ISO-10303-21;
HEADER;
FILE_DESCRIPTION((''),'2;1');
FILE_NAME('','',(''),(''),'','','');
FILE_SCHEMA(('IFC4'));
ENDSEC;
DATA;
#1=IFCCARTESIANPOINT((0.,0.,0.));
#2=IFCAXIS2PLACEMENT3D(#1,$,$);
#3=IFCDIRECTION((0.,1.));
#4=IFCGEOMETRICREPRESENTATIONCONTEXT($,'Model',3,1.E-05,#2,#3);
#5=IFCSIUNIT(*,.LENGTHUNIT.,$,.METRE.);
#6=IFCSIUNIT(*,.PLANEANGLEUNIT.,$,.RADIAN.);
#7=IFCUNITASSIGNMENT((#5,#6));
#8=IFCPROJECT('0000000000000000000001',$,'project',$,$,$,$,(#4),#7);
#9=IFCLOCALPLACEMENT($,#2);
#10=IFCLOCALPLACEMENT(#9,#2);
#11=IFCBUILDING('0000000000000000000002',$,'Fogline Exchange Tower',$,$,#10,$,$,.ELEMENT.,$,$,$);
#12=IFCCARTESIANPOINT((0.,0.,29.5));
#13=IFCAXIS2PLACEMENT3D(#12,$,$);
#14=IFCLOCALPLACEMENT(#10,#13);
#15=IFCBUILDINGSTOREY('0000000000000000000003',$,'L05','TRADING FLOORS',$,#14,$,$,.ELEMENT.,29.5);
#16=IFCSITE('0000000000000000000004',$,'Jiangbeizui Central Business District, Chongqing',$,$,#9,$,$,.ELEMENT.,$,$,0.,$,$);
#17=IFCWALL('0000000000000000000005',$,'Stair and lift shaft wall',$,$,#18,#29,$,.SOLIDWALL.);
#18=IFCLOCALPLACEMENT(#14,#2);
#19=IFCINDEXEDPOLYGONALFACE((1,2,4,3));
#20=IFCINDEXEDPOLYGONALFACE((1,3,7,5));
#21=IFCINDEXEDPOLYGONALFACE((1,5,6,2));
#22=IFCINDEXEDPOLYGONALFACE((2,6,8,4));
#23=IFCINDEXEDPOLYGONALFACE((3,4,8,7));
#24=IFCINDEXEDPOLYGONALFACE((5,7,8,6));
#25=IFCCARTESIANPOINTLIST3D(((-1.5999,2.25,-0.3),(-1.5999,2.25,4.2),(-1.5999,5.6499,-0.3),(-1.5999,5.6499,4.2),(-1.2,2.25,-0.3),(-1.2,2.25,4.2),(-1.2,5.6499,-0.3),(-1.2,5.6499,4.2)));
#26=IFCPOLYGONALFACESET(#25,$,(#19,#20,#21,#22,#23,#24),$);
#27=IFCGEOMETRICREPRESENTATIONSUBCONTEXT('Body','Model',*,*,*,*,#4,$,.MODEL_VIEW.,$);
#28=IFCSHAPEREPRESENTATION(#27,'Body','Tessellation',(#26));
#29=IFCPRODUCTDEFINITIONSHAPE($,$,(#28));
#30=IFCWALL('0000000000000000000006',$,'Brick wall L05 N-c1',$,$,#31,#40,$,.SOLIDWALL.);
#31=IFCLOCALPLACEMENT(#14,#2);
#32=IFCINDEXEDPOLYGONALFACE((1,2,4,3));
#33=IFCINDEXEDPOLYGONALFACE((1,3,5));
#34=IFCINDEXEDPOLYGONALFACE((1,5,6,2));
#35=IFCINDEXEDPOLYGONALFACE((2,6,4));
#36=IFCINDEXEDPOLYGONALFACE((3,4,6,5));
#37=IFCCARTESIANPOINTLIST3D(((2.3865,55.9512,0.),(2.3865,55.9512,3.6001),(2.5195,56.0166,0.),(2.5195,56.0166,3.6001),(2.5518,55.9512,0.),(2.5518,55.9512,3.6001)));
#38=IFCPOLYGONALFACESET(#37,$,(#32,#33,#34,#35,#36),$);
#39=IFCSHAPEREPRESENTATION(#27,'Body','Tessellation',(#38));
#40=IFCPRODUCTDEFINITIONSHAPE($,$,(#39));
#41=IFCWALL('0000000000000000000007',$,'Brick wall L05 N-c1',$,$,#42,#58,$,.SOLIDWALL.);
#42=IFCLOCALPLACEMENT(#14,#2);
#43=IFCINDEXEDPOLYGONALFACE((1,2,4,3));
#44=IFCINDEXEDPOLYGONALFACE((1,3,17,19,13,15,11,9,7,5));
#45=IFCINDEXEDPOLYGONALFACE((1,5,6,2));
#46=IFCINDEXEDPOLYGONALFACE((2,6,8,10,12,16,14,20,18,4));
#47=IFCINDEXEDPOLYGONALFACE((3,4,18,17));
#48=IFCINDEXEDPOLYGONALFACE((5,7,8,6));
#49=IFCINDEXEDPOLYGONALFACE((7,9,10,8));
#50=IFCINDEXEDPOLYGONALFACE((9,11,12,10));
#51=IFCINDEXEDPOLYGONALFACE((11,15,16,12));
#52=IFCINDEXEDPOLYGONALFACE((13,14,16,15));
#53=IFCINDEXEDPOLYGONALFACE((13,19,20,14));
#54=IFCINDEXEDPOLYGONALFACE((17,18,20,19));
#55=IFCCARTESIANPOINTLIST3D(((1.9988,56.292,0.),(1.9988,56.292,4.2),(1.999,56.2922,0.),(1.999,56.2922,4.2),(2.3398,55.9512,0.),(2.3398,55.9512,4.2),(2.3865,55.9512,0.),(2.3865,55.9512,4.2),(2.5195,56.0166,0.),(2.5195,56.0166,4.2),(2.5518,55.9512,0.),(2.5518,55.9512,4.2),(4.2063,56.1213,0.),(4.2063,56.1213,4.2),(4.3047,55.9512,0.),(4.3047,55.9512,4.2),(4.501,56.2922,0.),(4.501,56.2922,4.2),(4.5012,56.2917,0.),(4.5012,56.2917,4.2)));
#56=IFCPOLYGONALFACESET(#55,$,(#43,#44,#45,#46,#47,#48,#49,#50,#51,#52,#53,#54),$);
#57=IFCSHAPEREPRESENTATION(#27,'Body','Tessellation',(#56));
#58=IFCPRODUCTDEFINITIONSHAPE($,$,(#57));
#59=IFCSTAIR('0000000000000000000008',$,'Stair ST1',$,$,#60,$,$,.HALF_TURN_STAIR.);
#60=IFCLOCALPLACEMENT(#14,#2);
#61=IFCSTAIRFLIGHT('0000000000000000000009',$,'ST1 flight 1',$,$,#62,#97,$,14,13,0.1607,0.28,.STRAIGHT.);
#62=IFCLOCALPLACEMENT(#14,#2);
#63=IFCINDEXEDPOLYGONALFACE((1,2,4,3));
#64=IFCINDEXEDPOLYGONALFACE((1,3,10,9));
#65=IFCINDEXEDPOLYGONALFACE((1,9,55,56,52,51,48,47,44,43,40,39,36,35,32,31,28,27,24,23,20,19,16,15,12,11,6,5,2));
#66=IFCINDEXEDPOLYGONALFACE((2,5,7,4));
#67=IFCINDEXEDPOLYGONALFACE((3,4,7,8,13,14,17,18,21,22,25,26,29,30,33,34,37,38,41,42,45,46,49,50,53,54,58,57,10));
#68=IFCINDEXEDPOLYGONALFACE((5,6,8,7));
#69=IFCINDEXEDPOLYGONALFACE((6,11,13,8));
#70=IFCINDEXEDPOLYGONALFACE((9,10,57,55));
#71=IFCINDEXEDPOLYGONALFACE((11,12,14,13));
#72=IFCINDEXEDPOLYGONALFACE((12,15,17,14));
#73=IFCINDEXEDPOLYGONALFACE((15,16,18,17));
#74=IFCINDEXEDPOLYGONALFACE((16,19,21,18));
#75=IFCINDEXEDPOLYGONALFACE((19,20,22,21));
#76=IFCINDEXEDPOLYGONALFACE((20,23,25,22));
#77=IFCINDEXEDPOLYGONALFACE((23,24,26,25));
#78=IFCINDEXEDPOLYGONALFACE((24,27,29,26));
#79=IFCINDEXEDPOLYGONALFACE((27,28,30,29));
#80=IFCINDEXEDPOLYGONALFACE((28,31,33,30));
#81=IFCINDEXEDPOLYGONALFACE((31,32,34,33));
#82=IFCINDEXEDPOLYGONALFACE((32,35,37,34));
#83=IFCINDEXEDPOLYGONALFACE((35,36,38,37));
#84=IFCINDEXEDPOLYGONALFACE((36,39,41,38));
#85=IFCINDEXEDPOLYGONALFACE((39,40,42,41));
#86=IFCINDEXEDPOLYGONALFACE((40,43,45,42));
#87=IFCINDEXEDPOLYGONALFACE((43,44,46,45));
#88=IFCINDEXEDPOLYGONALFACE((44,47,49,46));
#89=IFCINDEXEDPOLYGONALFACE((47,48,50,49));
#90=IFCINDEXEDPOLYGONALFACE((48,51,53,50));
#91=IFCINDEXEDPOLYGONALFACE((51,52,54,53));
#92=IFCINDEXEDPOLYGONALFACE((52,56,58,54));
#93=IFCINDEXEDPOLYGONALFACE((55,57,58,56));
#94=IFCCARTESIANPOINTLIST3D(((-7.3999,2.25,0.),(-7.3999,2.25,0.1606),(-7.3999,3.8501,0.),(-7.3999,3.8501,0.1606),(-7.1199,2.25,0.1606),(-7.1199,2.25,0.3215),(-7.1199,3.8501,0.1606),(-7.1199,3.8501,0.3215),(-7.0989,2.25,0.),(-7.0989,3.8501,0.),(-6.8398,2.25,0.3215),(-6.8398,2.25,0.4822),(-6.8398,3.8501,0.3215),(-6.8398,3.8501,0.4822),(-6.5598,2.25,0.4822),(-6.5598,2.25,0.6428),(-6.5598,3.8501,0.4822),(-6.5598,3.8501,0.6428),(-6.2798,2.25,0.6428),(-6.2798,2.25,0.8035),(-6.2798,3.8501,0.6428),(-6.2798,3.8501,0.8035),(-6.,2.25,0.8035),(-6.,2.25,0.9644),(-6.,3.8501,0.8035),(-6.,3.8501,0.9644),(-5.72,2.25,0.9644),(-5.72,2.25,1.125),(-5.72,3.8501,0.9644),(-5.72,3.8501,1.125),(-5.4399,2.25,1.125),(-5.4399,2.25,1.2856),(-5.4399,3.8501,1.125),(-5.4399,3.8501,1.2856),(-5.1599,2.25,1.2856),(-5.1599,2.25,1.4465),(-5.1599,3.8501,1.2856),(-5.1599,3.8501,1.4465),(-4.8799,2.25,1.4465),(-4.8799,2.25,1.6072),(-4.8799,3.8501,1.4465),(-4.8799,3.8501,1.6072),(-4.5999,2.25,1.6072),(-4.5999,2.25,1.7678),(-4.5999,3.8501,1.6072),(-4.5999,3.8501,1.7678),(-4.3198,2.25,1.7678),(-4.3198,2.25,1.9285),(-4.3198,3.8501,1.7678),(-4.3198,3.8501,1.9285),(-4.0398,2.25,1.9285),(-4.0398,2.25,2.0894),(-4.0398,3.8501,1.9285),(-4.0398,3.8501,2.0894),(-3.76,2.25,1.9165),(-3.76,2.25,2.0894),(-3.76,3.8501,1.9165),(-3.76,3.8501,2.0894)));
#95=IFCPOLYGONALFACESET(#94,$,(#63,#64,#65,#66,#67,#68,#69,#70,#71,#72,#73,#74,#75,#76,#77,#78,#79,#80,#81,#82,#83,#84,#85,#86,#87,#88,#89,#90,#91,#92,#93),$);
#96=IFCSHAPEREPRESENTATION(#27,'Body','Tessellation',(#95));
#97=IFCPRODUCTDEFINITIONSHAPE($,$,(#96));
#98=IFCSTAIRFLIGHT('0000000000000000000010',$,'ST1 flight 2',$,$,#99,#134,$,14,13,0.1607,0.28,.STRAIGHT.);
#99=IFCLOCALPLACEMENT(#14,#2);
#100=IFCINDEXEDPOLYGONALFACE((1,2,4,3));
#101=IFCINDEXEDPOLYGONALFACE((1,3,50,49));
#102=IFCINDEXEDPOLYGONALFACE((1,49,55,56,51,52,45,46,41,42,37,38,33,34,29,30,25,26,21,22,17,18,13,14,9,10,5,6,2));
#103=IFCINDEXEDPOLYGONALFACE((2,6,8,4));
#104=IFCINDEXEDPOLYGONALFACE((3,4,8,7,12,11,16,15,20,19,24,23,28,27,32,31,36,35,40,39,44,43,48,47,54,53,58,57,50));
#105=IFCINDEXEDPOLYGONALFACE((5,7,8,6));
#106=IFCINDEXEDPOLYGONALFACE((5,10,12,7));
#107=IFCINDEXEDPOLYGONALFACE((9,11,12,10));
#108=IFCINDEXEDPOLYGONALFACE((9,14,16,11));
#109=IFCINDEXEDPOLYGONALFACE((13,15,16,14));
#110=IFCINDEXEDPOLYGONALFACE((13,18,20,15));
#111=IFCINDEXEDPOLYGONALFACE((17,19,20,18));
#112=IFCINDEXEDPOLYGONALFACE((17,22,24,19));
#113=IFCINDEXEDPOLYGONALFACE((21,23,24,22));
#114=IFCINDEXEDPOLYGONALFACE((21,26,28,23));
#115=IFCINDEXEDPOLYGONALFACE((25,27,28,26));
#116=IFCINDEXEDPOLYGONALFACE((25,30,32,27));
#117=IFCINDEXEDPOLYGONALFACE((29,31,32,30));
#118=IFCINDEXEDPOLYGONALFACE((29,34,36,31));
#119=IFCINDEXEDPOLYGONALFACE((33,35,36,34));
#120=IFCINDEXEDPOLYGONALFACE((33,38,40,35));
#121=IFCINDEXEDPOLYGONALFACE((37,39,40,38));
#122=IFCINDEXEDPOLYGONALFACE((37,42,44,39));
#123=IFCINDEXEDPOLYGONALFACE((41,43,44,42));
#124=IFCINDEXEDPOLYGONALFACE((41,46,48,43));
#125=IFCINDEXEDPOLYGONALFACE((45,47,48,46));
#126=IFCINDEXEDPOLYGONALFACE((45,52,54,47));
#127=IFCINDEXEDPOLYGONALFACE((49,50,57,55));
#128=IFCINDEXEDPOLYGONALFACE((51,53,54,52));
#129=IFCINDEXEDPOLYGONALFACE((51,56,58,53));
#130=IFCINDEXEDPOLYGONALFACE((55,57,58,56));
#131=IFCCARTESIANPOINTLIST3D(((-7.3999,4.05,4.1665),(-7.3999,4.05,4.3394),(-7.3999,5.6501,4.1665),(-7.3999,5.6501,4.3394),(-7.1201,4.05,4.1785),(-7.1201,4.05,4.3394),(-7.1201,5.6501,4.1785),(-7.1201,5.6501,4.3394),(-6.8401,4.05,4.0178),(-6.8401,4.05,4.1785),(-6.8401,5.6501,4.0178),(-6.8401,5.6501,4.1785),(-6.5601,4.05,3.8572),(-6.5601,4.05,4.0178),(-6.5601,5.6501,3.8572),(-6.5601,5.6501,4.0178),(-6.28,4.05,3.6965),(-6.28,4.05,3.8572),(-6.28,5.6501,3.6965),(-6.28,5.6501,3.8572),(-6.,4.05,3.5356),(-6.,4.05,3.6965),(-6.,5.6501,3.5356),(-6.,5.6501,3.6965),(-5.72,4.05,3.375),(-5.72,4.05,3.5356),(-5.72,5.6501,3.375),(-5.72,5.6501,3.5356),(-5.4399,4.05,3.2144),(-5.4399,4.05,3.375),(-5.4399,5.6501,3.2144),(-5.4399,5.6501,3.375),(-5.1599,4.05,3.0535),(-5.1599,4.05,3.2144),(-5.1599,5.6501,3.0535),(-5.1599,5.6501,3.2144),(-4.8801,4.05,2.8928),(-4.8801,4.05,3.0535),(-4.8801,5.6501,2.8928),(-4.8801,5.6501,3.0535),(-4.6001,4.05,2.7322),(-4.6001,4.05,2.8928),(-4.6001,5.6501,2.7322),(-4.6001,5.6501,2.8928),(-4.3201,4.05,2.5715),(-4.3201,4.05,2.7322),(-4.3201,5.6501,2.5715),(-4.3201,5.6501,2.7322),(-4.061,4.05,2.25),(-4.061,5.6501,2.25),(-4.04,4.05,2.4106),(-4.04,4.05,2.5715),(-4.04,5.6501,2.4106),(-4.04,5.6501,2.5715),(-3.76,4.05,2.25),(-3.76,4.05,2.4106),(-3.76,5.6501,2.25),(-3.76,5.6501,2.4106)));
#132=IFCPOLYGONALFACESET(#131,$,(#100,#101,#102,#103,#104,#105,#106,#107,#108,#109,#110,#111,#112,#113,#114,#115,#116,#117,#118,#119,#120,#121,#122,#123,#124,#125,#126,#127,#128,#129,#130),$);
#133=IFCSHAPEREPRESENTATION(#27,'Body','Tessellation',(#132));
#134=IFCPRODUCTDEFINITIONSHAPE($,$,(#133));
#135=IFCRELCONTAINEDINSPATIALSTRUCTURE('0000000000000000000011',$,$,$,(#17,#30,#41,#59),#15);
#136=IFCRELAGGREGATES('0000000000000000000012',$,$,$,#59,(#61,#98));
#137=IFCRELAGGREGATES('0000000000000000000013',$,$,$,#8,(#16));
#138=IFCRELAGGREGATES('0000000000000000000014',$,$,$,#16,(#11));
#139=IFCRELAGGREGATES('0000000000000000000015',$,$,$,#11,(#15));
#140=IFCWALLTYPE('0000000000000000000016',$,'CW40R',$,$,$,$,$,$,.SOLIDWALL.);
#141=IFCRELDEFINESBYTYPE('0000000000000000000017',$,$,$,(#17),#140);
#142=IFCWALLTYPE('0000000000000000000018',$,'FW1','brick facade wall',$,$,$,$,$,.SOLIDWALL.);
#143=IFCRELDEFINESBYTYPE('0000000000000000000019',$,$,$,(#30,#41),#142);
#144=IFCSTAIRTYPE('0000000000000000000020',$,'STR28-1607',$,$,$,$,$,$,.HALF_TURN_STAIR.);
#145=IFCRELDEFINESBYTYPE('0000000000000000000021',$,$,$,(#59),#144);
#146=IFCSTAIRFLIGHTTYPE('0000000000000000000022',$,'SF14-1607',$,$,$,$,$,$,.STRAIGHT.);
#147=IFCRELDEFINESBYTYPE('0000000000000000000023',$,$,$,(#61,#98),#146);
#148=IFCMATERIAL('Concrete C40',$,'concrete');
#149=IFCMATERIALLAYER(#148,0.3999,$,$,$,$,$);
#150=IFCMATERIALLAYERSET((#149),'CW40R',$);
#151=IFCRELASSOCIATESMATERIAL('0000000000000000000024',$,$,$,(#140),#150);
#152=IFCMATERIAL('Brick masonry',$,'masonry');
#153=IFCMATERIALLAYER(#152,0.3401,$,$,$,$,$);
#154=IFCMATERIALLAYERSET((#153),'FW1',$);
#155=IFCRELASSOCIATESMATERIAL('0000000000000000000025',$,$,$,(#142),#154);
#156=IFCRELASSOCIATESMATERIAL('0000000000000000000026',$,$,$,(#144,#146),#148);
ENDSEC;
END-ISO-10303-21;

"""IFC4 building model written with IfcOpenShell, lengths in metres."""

from ifc_helpers import new_model, si_unit, direction, frame, frame_2d, origin, place, context, subcontext, project, spatial, polyline, rectangle, outline, extrude, material, layer, layer_set, type_object, element, aggregate, save


model = new_model("IFC4")

# Units and contexts
model_context = context("Model", 3, precision=1e-05, world=origin(), true_north=direction((0.0, 1.0)))
body_context = subcontext(model_context, "Body", "Model", "MODEL_VIEW")
ifc_project = project(units=[si_unit("LENGTHUNIT", "METRE"), si_unit("PLANEANGLEUNIT", "RADIAN")], contexts=[model_context])

# Site, building, storey
site_placement = place(None, origin())
site = spatial("IfcSite", under=ifc_project, at=site_placement, Name="Jiangbeizui Central Business District, Chongqing", CompositionType="ELEMENT", RefElevation=0.0)
building_placement = place(site_placement, origin())
building = spatial("IfcBuilding", under=site, at=building_placement, Name="Fogline Exchange Tower", CompositionType="ELEMENT")
storey_placement = place(building_placement, frame((0.0, 0.0, 29.5)))
storey = spatial("IfcBuildingStorey", under=building, at=storey_placement, Name="L05", Description="TRADING FLOORS", CompositionType="ELEMENT", Elevation=29.5)

# Shared definitions
ifc_material_1 = material(Name="Concrete C40", Category="concrete")

# Walls
ifc_layer_1 = layer(ifc_material_1, 0.3999)
ifc_layer_set_1 = layer_set([ifc_layer_1], Name="CW40R")
wall_type_1 = type_object("IfcWallType", Name="CW40R", PredefinedType="SOLIDWALL", material=ifc_layer_set_1)
wall_1_placement = place(storey_placement, frame((-1.3999, 2.25, -0.3), z_axis=(0.0, 0.0, 1.0), x_axis=(0.0, 1.0, 0.0)))
element("IfcWall", 1, at=wall_1_placement, inside=storey, type_object=wall_type_1, Name="Stair and lift shaft wall", PredefinedType="SOLIDWALL", context=body_context, shape_type="SweptSolid", body=[
    extrude(rectangle(XDim=3.3999, YDim=0.3999, at=frame_2d((1.7, 0.0))), origin(), (0.0, 0.0, 1.0), 4.5),
])
ifc_material_2 = material(Name="Brick masonry", Category="masonry")
ifc_layer_2 = layer(ifc_material_2, 0.3401)
ifc_layer_set_2 = layer_set([ifc_layer_2], Name="FW1")
wall_type_2 = type_object("IfcWallType", Name="FW1", Description="brick facade wall", PredefinedType="SOLIDWALL", material=ifc_layer_set_2)
wall_2_placement = place(storey_placement, origin())
element("IfcWall", 2, at=wall_2_placement, inside=storey, type_object=wall_type_2, Name="Brick wall L05 N-c1", PredefinedType="SOLIDWALL", context=body_context, shape_type="SweptSolid", body=[
    extrude(outline(polyline([(2.3865, 55.9512), (2.5195, 56.0166), (2.5518, 55.9512), (2.3865, 55.9512)])), origin(), (0.0, 0.0, 1.0), 3.6001),
])
wall_3_placement = place(storey_placement, origin())
element("IfcWall", 3, at=wall_3_placement, inside=storey, type_object=wall_type_2, Name="Brick wall L05 N-c1", PredefinedType="SOLIDWALL", context=body_context, shape_type="SweptSolid", body=[
    extrude(outline(polyline([(4.501, 56.2922), (4.5012, 56.2917), (4.2063, 56.1213), (4.3047, 55.9512), (2.5518, 55.9512), (2.5195, 56.0166), (2.3865, 55.9512), (2.3398, 55.9512), (1.9988, 56.292), (1.999, 56.2922), (4.501, 56.2922)])), origin(), (0.0, 0.0, 1.0), 4.2),
])

# Stair, stair flights
stair_type = type_object("IfcStairType", Name="STR28-1607", PredefinedType="HALF_TURN_STAIR", material=ifc_material_1)
stair_placement = place(storey_placement, origin())
stair = element("IfcStair", 4, at=stair_placement, inside=storey, type_object=stair_type, Name="Stair ST1", PredefinedType="HALF_TURN_STAIR")
stair_flight_type = type_object("IfcStairFlightType", Name="SF14-1607", PredefinedType="STRAIGHT", material=ifc_material_1)
stair_flight_1_placement = place(storey_placement, frame((-7.3999, 3.05, 0.0), z_axis=(0.0, 0.0, 1.0), x_axis=(1.0, 0.0, 0.0)))
stair_flight_1 = element("IfcStairFlight", 5, at=stair_flight_1_placement, type_object=stair_flight_type, Name="ST1 flight 1", NumberOfRisers=14, NumberOfTreads=13, PredefinedType="STRAIGHT", RiserHeight=0.1607, TreadLength=0.28, context=body_context, shape_type="SweptSolid", body=[
    extrude(outline(polyline([(0.0, 0.0), (0.0, 0.1606), (0.28, 0.1606), (0.28, 0.3215), (0.5601, 0.3215), (0.5601, 0.4822), (0.8401, 0.4822), (0.8401, 0.6428), (1.1201, 0.6428), (1.1201, 0.8035), (1.3999, 0.8035), (1.3999, 0.9644), (1.6799, 0.9644), (1.6799, 1.125), (1.96, 1.125), (1.96, 1.2856), (2.24, 1.2856), (2.24, 1.4465), (2.52, 1.4465), (2.52, 1.6072), (2.8, 1.6072), (2.8, 1.7678), (3.0801, 1.7678), (3.0801, 1.9285), (3.3601, 1.9285), (3.3601, 2.0894), (3.6399, 2.0894), (3.6399, 2.25), (3.6399, 1.9165), (0.301, 0.0), (0.0, 0.0)])), frame((0.0, 0.8, 0.0), z_axis=(0.0, -1.0, 0.0), x_axis=(1.0, 0.0, 0.0)), (0.0, 0.0, 1.0), 1.6001),
])
stair_flight_2_placement = place(storey_placement, frame((-3.76, 4.8501, 2.25), z_axis=(0.0, 0.0, 1.0), x_axis=(-1.0, 0.0, 0.0)))
stair_flight_2 = element("IfcStairFlight", 6, at=stair_flight_2_placement, type_object=stair_flight_type, Name="ST1 flight 2", NumberOfRisers=14, NumberOfTreads=13, PredefinedType="STRAIGHT", RiserHeight=0.1607, TreadLength=0.28, context=body_context, shape_type="SweptSolid", body=[
    extrude(outline(polyline([(0.0, 0.0), (0.0, 0.1606), (0.28, 0.1606), (0.28, 0.3215), (0.5601, 0.3215), (0.5601, 0.4822), (0.8401, 0.4822), (0.8401, 0.6428), (1.1201, 0.6428), (1.1201, 0.8035), (1.3999, 0.8035), (1.3999, 0.9644), (1.6799, 0.9644), (1.6799, 1.125), (1.96, 1.125), (1.96, 1.2856), (2.24, 1.2856), (2.24, 1.4465), (2.52, 1.4465), (2.52, 1.6072), (2.8, 1.6072), (2.8, 1.7678), (3.0801, 1.7678), (3.0801, 1.9285), (3.3601, 1.9285), (3.3601, 2.0894), (3.6399, 2.0894), (3.6399, 2.25), (3.6399, 1.9165), (0.301, 0.0), (0.0, 0.0)])), frame((0.0, 0.8, 0.0), z_axis=(0.0, -1.0, 0.0), x_axis=(1.0, 0.0, 0.0)), (0.0, 0.0, 1.0), 1.6001),
])
aggregate(stair, [stair_flight_1, stair_flight_2])

save(model, "model.ifc")
